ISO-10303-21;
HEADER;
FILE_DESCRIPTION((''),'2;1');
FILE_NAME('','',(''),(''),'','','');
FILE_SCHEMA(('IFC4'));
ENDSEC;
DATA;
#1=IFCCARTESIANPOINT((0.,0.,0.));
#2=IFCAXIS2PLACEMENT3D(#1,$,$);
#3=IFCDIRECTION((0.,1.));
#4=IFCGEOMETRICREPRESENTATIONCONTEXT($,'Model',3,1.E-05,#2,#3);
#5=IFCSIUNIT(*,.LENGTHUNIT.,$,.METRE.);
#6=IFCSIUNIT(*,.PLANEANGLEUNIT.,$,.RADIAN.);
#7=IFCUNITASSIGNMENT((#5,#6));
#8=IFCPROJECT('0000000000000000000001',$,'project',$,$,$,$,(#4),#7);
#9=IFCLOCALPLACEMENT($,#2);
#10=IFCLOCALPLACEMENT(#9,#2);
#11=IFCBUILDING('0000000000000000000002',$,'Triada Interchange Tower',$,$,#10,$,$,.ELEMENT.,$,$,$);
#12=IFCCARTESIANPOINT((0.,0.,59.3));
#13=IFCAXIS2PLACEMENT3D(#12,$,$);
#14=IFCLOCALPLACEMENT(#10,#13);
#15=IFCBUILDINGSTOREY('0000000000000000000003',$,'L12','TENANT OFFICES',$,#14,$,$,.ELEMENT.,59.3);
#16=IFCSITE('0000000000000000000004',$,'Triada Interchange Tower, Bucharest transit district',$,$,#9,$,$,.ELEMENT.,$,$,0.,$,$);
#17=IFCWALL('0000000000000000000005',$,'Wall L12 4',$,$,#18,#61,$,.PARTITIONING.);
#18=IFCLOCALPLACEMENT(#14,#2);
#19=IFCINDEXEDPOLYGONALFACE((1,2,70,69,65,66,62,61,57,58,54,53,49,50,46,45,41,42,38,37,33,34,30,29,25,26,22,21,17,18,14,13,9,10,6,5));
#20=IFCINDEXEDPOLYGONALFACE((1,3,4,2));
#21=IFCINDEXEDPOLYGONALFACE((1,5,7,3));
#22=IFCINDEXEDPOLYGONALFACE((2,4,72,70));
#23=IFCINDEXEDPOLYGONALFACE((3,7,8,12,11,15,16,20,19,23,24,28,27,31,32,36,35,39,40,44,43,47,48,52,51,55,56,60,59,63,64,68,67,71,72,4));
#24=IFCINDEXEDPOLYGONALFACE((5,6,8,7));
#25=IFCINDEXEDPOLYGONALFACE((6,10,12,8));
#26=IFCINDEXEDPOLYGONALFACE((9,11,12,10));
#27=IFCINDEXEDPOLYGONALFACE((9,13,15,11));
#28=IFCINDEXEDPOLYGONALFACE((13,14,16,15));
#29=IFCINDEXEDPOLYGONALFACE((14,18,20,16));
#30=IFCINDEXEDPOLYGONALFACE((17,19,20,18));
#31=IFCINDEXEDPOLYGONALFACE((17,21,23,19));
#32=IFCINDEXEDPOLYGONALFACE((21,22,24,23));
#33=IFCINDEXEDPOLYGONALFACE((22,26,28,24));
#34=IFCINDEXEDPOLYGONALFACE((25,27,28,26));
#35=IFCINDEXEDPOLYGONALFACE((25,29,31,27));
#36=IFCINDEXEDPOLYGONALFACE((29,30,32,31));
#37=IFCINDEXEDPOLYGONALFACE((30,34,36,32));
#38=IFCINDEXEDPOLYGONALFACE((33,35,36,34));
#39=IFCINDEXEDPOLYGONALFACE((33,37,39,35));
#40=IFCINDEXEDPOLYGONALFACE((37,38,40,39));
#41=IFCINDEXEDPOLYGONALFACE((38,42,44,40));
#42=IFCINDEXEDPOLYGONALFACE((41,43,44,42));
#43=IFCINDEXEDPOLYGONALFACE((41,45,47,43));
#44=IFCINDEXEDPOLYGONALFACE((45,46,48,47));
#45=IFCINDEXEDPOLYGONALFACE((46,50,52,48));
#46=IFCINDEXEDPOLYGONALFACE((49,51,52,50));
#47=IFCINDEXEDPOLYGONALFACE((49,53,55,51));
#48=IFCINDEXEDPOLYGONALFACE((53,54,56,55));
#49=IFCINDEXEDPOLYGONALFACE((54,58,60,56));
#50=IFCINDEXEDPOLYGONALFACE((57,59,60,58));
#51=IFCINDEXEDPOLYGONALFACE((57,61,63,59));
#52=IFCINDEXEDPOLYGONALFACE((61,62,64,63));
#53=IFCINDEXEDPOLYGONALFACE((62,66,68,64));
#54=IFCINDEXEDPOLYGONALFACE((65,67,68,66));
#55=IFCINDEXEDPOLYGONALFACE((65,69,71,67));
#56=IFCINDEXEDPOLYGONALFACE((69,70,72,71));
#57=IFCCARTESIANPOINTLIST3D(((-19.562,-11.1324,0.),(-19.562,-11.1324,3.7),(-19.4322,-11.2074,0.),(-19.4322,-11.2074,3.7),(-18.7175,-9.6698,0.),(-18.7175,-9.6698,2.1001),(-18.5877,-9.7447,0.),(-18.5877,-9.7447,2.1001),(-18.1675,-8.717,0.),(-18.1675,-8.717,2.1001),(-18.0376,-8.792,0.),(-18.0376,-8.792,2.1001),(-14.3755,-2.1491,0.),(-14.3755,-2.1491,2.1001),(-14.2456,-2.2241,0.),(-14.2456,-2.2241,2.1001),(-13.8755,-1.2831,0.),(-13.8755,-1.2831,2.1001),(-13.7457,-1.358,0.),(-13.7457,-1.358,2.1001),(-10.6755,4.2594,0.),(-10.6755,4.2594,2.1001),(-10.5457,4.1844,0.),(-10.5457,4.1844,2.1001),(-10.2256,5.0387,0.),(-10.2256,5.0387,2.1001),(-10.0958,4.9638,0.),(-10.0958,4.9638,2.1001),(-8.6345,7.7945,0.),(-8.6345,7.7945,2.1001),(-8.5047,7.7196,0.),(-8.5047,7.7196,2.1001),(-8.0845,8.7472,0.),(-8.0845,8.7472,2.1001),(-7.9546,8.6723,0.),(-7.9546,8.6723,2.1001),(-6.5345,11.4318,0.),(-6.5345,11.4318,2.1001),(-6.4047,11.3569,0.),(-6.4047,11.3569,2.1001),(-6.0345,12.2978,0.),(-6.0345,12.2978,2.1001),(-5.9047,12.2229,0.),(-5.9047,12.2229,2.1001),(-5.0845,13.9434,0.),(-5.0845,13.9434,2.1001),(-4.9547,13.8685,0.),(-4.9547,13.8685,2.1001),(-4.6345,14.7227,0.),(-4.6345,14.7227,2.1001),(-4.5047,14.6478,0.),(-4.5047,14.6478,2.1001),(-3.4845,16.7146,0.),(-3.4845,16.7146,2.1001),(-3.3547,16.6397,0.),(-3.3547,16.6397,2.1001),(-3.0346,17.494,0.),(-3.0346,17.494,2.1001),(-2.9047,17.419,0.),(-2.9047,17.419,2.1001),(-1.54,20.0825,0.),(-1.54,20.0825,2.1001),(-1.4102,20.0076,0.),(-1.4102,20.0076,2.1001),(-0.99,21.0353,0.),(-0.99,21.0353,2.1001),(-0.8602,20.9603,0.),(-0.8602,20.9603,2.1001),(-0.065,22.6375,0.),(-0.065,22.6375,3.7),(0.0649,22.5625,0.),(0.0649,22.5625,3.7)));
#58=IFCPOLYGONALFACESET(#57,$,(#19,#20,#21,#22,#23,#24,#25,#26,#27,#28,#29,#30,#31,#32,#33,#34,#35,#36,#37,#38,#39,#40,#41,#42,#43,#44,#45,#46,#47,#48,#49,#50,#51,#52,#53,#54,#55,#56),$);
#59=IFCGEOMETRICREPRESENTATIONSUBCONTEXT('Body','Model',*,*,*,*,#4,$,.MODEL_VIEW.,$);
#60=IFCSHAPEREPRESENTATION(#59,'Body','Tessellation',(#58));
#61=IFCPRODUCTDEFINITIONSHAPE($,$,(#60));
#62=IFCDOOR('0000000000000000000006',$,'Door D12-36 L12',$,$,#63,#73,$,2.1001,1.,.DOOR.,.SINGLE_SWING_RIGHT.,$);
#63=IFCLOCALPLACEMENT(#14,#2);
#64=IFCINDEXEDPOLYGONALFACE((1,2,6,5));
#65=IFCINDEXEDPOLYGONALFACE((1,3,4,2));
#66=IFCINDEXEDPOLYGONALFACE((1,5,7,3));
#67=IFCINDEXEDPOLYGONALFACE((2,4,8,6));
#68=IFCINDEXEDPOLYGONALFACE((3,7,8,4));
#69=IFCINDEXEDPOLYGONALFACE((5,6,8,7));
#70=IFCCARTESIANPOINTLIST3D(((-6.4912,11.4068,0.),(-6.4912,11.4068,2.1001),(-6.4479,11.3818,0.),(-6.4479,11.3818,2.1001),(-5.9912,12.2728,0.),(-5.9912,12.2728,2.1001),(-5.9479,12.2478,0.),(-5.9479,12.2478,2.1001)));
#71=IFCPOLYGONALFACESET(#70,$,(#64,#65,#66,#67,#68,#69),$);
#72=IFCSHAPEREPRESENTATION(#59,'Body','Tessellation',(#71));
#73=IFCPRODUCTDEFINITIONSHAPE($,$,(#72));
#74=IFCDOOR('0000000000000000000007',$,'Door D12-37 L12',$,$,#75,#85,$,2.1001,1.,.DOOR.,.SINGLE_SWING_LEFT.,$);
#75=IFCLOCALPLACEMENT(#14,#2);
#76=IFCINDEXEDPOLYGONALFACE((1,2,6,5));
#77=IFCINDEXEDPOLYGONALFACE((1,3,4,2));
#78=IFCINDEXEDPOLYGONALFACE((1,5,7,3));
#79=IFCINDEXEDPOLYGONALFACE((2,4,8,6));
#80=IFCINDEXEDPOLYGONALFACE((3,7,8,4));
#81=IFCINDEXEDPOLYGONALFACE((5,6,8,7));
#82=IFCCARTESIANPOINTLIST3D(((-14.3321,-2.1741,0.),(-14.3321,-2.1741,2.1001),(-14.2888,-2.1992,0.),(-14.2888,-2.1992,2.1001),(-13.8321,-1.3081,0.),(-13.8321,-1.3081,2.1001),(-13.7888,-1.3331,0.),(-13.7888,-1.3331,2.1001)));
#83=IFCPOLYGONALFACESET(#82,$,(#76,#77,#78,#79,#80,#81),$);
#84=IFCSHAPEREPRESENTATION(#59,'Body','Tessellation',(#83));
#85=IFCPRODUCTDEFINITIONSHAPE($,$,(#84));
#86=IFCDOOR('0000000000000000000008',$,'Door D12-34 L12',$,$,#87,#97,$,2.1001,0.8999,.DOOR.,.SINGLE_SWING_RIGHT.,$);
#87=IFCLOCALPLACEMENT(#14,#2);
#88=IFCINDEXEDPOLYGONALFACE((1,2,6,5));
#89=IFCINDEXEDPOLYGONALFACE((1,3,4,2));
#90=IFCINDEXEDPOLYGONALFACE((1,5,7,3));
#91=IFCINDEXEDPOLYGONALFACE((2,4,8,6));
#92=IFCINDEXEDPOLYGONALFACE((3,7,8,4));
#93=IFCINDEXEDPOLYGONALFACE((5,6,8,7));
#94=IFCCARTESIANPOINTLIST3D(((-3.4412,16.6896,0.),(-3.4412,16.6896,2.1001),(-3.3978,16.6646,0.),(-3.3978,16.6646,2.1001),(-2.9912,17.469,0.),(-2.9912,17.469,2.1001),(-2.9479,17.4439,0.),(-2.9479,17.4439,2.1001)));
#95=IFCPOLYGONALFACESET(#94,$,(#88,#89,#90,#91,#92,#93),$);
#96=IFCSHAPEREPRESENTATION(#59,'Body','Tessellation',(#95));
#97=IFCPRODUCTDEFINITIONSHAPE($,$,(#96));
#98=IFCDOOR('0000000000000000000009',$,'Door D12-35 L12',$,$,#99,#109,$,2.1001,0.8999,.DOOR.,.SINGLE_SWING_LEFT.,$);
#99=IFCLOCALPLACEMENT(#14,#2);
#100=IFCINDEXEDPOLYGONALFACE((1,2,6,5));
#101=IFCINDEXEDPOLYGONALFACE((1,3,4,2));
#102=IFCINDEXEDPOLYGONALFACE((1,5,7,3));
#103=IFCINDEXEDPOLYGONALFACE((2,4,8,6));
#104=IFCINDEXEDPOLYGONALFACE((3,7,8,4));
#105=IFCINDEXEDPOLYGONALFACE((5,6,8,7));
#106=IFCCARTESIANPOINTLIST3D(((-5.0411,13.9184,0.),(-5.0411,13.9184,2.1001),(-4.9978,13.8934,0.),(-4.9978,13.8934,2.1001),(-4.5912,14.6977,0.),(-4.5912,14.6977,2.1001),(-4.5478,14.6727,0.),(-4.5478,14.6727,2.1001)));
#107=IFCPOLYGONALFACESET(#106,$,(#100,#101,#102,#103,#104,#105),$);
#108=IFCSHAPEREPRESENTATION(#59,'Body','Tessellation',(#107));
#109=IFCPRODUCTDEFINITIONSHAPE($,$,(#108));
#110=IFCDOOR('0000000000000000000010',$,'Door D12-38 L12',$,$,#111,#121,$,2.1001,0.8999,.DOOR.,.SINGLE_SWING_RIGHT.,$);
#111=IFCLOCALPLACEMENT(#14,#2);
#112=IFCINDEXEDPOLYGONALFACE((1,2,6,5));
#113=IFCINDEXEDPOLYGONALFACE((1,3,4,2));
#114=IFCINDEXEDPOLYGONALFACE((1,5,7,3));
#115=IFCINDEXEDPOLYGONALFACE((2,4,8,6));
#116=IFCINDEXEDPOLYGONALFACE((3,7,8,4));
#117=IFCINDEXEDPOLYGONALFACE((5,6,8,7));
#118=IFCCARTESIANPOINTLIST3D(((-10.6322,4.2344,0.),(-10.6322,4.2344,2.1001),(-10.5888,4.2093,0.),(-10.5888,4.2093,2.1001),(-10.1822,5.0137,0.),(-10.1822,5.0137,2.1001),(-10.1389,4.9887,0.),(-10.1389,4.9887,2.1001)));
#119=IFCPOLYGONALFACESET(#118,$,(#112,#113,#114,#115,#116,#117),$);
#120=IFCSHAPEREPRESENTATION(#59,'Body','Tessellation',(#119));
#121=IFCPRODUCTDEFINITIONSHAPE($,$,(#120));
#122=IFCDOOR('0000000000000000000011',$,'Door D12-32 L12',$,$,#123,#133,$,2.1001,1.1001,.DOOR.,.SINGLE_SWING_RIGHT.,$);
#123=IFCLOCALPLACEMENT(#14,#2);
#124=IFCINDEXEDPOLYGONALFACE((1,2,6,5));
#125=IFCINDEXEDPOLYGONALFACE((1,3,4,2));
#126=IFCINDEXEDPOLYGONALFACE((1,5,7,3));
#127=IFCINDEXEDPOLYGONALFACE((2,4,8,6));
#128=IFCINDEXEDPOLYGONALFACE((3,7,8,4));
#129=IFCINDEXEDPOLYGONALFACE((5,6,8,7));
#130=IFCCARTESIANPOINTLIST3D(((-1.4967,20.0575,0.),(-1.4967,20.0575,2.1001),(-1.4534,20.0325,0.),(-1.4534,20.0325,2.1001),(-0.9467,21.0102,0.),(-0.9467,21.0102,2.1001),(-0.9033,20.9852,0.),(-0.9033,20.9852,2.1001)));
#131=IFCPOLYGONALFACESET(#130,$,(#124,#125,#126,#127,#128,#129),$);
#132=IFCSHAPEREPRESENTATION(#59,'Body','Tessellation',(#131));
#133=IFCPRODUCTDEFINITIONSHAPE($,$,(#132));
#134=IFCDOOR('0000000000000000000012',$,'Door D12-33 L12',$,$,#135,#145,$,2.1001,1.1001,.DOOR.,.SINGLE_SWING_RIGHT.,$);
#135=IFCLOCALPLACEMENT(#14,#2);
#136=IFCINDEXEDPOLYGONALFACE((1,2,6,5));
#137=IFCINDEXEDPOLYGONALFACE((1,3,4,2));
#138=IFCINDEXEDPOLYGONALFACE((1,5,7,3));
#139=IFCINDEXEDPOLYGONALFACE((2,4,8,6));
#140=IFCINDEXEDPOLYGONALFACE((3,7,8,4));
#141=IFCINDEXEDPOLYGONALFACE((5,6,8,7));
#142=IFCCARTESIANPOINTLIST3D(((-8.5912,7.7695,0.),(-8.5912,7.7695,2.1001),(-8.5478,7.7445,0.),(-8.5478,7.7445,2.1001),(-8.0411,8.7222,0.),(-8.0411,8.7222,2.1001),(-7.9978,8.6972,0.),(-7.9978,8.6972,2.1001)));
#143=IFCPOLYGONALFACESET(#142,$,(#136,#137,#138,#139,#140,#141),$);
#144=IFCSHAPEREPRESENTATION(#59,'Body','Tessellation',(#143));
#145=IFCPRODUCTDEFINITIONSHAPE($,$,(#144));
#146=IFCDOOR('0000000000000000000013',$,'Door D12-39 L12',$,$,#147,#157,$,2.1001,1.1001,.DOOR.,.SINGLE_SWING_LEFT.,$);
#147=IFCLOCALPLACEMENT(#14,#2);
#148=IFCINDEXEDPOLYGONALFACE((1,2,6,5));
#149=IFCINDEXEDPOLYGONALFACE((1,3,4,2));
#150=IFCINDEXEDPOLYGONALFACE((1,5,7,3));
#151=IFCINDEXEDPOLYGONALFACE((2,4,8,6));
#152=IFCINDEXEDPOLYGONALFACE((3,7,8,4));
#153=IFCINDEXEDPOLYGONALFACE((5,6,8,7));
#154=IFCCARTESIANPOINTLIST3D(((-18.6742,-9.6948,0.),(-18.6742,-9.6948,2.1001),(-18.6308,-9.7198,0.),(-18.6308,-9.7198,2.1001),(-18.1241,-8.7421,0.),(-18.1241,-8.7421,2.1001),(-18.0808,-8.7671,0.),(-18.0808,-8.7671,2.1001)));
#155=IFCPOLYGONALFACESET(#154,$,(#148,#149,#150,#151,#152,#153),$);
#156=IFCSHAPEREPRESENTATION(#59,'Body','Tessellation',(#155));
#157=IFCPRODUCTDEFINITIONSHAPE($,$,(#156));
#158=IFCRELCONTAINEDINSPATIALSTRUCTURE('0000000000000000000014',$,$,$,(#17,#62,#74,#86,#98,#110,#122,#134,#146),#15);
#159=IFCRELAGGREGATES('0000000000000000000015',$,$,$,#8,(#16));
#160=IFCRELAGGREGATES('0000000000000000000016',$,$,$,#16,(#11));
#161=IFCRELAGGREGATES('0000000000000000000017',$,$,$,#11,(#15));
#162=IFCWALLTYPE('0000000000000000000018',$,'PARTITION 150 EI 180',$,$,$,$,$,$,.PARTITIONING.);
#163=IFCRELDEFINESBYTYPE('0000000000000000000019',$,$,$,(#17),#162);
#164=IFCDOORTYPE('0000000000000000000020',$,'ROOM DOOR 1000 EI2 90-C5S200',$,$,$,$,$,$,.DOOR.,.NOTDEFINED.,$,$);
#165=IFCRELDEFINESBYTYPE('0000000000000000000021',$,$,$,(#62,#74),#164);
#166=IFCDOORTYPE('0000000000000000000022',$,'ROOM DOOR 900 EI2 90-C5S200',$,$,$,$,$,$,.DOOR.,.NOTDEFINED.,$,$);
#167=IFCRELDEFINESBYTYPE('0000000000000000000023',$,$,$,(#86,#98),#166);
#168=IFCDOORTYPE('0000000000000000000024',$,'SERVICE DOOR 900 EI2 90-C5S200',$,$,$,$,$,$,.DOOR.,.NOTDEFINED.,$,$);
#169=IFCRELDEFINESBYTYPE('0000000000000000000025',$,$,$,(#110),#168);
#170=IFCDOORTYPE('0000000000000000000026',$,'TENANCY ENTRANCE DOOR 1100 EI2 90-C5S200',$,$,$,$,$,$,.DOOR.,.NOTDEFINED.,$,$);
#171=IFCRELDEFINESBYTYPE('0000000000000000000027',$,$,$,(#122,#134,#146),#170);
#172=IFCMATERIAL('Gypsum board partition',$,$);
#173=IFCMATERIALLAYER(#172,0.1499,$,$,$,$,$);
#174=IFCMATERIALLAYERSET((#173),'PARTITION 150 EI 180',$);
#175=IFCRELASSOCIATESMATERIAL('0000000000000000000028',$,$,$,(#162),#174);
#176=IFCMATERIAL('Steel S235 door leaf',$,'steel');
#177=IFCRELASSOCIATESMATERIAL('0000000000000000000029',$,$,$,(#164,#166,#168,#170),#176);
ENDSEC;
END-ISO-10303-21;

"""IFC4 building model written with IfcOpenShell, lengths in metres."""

from ifc_helpers import new_model, si_unit, direction, frame, frame_2d, origin, place, context, subcontext, project, spatial, rectangle, extrude, material, layer, layer_set, type_object, element, fill, save


model = new_model("IFC4")

# Units and contexts
model_context = context("Model", 3, precision=1e-05, world=origin(), true_north=direction((0.0, 1.0)))
body_context = subcontext(model_context, "Body", "Model", "MODEL_VIEW")
ifc_project = project(units=[si_unit("LENGTHUNIT", "METRE"), si_unit("PLANEANGLEUNIT", "RADIAN")], contexts=[model_context])

# Site, building, storey
site_placement = place(None, origin())
site = spatial("IfcSite", under=ifc_project, at=site_placement, Name="Triada Interchange Tower, Bucharest transit district", CompositionType="ELEMENT", RefElevation=0.0)
building_placement = place(site_placement, origin())
building = spatial("IfcBuilding", under=site, at=building_placement, Name="Triada Interchange Tower", CompositionType="ELEMENT")
storey_placement = place(building_placement, frame((0.0, 0.0, 59.3)))
storey = spatial("IfcBuildingStorey", under=building, at=storey_placement, Name="L12", Description="TENANT OFFICES", CompositionType="ELEMENT", Elevation=59.3)

# Wall, openings, doors
ifc_material_1 = material(Name="Gypsum board partition")
ifc_layer_1 = layer(ifc_material_1, 0.1499)
ifc_layer_set_1 = layer_set([ifc_layer_1], Name="PARTITION 150 EI 180")
wall_type_1 = type_object("IfcWallType", Name="PARTITION 150 EI 180", PredefinedType="PARTITIONING", material=ifc_layer_set_1)
wall_1_placement = place(storey_placement, frame((-19.4971, -11.1699, 0.0), z_axis=(0.0, 0.0, 1.0), x_axis=(0.499999, 0.866026, 0.0)))
wall_1 = element("IfcWall", 1, at=wall_1_placement, inside=storey, type_object=wall_type_1, Name="Wall L12 4", PredefinedType="PARTITIONING", context=body_context, shape_type="SweptSolid", body=[
    extrude(rectangle(XDim=38.9941, YDim=0.1499, at=frame_2d((19.4971, 0.0))), origin(), (0.0, 0.0, 1.0), 3.7),
])
opening_1_placement = place(wall_1_placement, frame((36.0439, 0.0, 0.0)))
opening_1 = element("IfcOpeningElement", 2, at=opening_1_placement, cuts=wall_1, PredefinedType="OPENING", context=body_context, shape_type="SweptSolid", body=[
    extrude(rectangle(XDim=1.1001, YDim=2.1001, at=frame_2d((0.55, 1.05))), frame((0.0, 0.085, 0.0), z_axis=(0.0, -1.0, 0.0), x_axis=(1.0, 0.0, 0.0)), (0.0, 0.0, 1.0), 0.1699),
])
opening_2_placement = place(wall_1_placement, frame((21.855, 0.0, 0.0)))
opening_2 = element("IfcOpeningElement", 3, at=opening_2_placement, cuts=wall_1, PredefinedType="OPENING", context=body_context, shape_type="SweptSolid", body=[
    extrude(rectangle(XDim=1.1001, YDim=2.1001, at=frame_2d((0.55, 1.05))), frame((0.0, 0.085, 0.0), z_axis=(0.0, -1.0, 0.0), x_axis=(1.0, 0.0, 0.0)), (0.0, 0.0, 1.0), 0.1699),
])
opening_3_placement = place(wall_1_placement, frame((32.155, 0.0, 0.0)))
opening_3 = element("IfcOpeningElement", 4, at=opening_3_placement, cuts=wall_1, PredefinedType="OPENING", context=body_context, shape_type="SweptSolid", body=[
    extrude(rectangle(XDim=0.8999, YDim=2.1001, at=frame_2d((0.45, 1.05))), frame((0.0, 0.085, 0.0), z_axis=(0.0, -1.0, 0.0), x_axis=(1.0, 0.0, 0.0)), (0.0, 0.0, 1.0), 0.1699),
])
opening_4_placement = place(wall_1_placement, frame((28.9551, 0.0, 0.0)))
opening_4 = element("IfcOpeningElement", 5, at=opening_4_placement, cuts=wall_1, PredefinedType="OPENING", context=body_context, shape_type="SweptSolid", body=[
    extrude(rectangle(XDim=0.8999, YDim=2.1001, at=frame_2d((0.45, 1.05))), frame((0.0, 0.085, 0.0), z_axis=(0.0, -1.0, 0.0), x_axis=(1.0, 0.0, 0.0)), (0.0, 0.0, 1.0), 0.1699),
])
opening_5_placement = place(wall_1_placement, frame((26.0549, 0.0, 0.0)))
opening_5 = element("IfcOpeningElement", 6, at=opening_5_placement, cuts=wall_1, PredefinedType="OPENING", context=body_context, shape_type="SweptSolid", body=[
    extrude(rectangle(XDim=1.0, YDim=2.1001, at=frame_2d((0.5, 1.05))), frame((0.0, 0.085, 0.0), z_axis=(0.0, -1.0, 0.0), x_axis=(1.0, 0.0, 0.0)), (0.0, 0.0, 1.0), 0.1699),
])
opening_6_placement = place(wall_1_placement, frame((10.373, 0.0, 0.0)))
opening_6 = element("IfcOpeningElement", 7, at=opening_6_placement, cuts=wall_1, PredefinedType="OPENING", context=body_context, shape_type="SweptSolid", body=[
    extrude(rectangle(XDim=1.0, YDim=2.1001, at=frame_2d((0.5, 1.05))), frame((0.0, 0.085, 0.0), z_axis=(0.0, -1.0, 0.0), x_axis=(1.0, 0.0, 0.0)), (0.0, 0.0, 1.0), 0.1699),
])
opening_7_placement = place(wall_1_placement, frame((17.7729, 0.0, 0.0)))
opening_7 = element("IfcOpeningElement", 8, at=opening_7_placement, cuts=wall_1, PredefinedType="OPENING", context=body_context, shape_type="SweptSolid", body=[
    extrude(rectangle(XDim=0.8999, YDim=2.1001, at=frame_2d((0.45, 1.05))), frame((0.0, 0.085, 0.0), z_axis=(0.0, -1.0, 0.0), x_axis=(1.0, 0.0, 0.0)), (0.0, 0.0, 1.0), 0.1699),
])
opening_8_placement = place(wall_1_placement, frame((1.689, 0.0, 0.0)))
opening_8 = element("IfcOpeningElement", 9, at=opening_8_placement, cuts=wall_1, PredefinedType="OPENING", context=body_context, shape_type="SweptSolid", body=[
    extrude(rectangle(XDim=1.1001, YDim=2.1001, at=frame_2d((0.55, 1.05))), frame((0.0, 0.085, 0.0), z_axis=(0.0, -1.0, 0.0), x_axis=(1.0, 0.0, 0.0)), (0.0, 0.0, 1.0), 0.1699),
])
ifc_material_2 = material(Name="Steel S235 door leaf", Category="steel")
door_type_1 = type_object("IfcDoorType", Name="ROOM DOOR 1000 EI2 90-C5S200", OperationType="NOTDEFINED", PredefinedType="DOOR", material=ifc_material_2)
door_1_placement = place(opening_5_placement, origin())
door_1 = element("IfcDoor", 10, at=door_1_placement, inside=storey, type_object=door_type_1, Name="Door D12-36 L12", OperationType="SINGLE_SWING_RIGHT", OverallHeight=2.1001, OverallWidth=1.0, PredefinedType="DOOR", context=body_context, shape_type="SweptSolid", body=[
    extrude(rectangle(XDim=1.0, YDim=2.1001, at=frame_2d((0.5, 1.05))), frame((0.0, 0.0249, 0.0), z_axis=(0.0, -1.0, 0.0), x_axis=(1.0, 0.0, 0.0)), (0.0, 0.0, 1.0), 0.05),
])
fill(opening_5, door_1)
door_2_placement = place(opening_6_placement, origin())
door_2 = element("IfcDoor", 11, at=door_2_placement, inside=storey, type_object=door_type_1, Name="Door D12-37 L12", OperationType="SINGLE_SWING_LEFT", OverallHeight=2.1001, OverallWidth=1.0, PredefinedType="DOOR", context=body_context, shape_type="SweptSolid", body=[
    extrude(rectangle(XDim=1.0, YDim=2.1001, at=frame_2d((0.5, 1.05))), frame((0.0, 0.0249, 0.0), z_axis=(0.0, -1.0, 0.0), x_axis=(1.0, 0.0, 0.0)), (0.0, 0.0, 1.0), 0.05),
])
fill(opening_6, door_2)
door_type_2 = type_object("IfcDoorType", Name="ROOM DOOR 900 EI2 90-C5S200", OperationType="NOTDEFINED", PredefinedType="DOOR", material=ifc_material_2)
door_3_placement = place(opening_3_placement, origin())
door_3 = element("IfcDoor", 12, at=door_3_placement, inside=storey, type_object=door_type_2, Name="Door D12-34 L12", OperationType="SINGLE_SWING_RIGHT", OverallHeight=2.1001, OverallWidth=0.8999, PredefinedType="DOOR", context=body_context, shape_type="SweptSolid", body=[
    extrude(rectangle(XDim=0.8999, YDim=2.1001, at=frame_2d((0.45, 1.05))), frame((0.0, 0.0249, 0.0), z_axis=(0.0, -1.0, 0.0), x_axis=(1.0, 0.0, 0.0)), (0.0, 0.0, 1.0), 0.05),
])
fill(opening_3, door_3)
door_4_placement = place(opening_4_placement, origin())
door_4 = element("IfcDoor", 13, at=door_4_placement, inside=storey, type_object=door_type_2, Name="Door D12-35 L12", OperationType="SINGLE_SWING_LEFT", OverallHeight=2.1001, OverallWidth=0.8999, PredefinedType="DOOR", context=body_context, shape_type="SweptSolid", body=[
    extrude(rectangle(XDim=0.8999, YDim=2.1001, at=frame_2d((0.45, 1.05))), frame((0.0, 0.0249, 0.0), z_axis=(0.0, -1.0, 0.0), x_axis=(1.0, 0.0, 0.0)), (0.0, 0.0, 1.0), 0.05),
])
fill(opening_4, door_4)
door_type_3 = type_object("IfcDoorType", Name="SERVICE DOOR 900 EI2 90-C5S200", OperationType="NOTDEFINED", PredefinedType="DOOR", material=ifc_material_2)
door_5_placement = place(opening_7_placement, origin())
door_5 = element("IfcDoor", 14, at=door_5_placement, inside=storey, type_object=door_type_3, Name="Door D12-38 L12", OperationType="SINGLE_SWING_RIGHT", OverallHeight=2.1001, OverallWidth=0.8999, PredefinedType="DOOR", context=body_context, shape_type="SweptSolid", body=[
    extrude(rectangle(XDim=0.8999, YDim=2.1001, at=frame_2d((0.45, 1.05))), frame((0.0, 0.0249, 0.0), z_axis=(0.0, -1.0, 0.0), x_axis=(1.0, 0.0, 0.0)), (0.0, 0.0, 1.0), 0.05),
])
fill(opening_7, door_5)
door_type_4 = type_object("IfcDoorType", Name="TENANCY ENTRANCE DOOR 1100 EI2 90-C5S200", OperationType="NOTDEFINED", PredefinedType="DOOR", material=ifc_material_2)
door_6_placement = place(opening_1_placement, origin())
door_6 = element("IfcDoor", 15, at=door_6_placement, inside=storey, type_object=door_type_4, Name="Door D12-32 L12", OperationType="SINGLE_SWING_RIGHT", OverallHeight=2.1001, OverallWidth=1.1001, PredefinedType="DOOR", context=body_context, shape_type="SweptSolid", body=[
    extrude(rectangle(XDim=1.1001, YDim=2.1001, at=frame_2d((0.55, 1.05))), frame((0.0, 0.0249, 0.0), z_axis=(0.0, -1.0, 0.0), x_axis=(1.0, 0.0, 0.0)), (0.0, 0.0, 1.0), 0.05),
])
fill(opening_1, door_6)
door_7_placement = place(opening_2_placement, origin())
door_7 = element("IfcDoor", 16, at=door_7_placement, inside=storey, type_object=door_type_4, Name="Door D12-33 L12", OperationType="SINGLE_SWING_RIGHT", OverallHeight=2.1001, OverallWidth=1.1001, PredefinedType="DOOR", context=body_context, shape_type="SweptSolid", body=[
    extrude(rectangle(XDim=1.1001, YDim=2.1001, at=frame_2d((0.55, 1.05))), frame((0.0, 0.0249, 0.0), z_axis=(0.0, -1.0, 0.0), x_axis=(1.0, 0.0, 0.0)), (0.0, 0.0, 1.0), 0.05),
])
fill(opening_2, door_7)
door_8_placement = place(opening_8_placement, origin())
door_8 = element("IfcDoor", 17, at=door_8_placement, inside=storey, type_object=door_type_4, Name="Door D12-39 L12", OperationType="SINGLE_SWING_LEFT", OverallHeight=2.1001, OverallWidth=1.1001, PredefinedType="DOOR", context=body_context, shape_type="SweptSolid", body=[
    extrude(rectangle(XDim=1.1001, YDim=2.1001, at=frame_2d((0.55, 1.05))), frame((0.0, 0.0249, 0.0), z_axis=(0.0, -1.0, 0.0), x_axis=(1.0, 0.0, 0.0)), (0.0, 0.0, 1.0), 0.05),
])
fill(opening_8, door_8)

save(model, "model.ifc")
